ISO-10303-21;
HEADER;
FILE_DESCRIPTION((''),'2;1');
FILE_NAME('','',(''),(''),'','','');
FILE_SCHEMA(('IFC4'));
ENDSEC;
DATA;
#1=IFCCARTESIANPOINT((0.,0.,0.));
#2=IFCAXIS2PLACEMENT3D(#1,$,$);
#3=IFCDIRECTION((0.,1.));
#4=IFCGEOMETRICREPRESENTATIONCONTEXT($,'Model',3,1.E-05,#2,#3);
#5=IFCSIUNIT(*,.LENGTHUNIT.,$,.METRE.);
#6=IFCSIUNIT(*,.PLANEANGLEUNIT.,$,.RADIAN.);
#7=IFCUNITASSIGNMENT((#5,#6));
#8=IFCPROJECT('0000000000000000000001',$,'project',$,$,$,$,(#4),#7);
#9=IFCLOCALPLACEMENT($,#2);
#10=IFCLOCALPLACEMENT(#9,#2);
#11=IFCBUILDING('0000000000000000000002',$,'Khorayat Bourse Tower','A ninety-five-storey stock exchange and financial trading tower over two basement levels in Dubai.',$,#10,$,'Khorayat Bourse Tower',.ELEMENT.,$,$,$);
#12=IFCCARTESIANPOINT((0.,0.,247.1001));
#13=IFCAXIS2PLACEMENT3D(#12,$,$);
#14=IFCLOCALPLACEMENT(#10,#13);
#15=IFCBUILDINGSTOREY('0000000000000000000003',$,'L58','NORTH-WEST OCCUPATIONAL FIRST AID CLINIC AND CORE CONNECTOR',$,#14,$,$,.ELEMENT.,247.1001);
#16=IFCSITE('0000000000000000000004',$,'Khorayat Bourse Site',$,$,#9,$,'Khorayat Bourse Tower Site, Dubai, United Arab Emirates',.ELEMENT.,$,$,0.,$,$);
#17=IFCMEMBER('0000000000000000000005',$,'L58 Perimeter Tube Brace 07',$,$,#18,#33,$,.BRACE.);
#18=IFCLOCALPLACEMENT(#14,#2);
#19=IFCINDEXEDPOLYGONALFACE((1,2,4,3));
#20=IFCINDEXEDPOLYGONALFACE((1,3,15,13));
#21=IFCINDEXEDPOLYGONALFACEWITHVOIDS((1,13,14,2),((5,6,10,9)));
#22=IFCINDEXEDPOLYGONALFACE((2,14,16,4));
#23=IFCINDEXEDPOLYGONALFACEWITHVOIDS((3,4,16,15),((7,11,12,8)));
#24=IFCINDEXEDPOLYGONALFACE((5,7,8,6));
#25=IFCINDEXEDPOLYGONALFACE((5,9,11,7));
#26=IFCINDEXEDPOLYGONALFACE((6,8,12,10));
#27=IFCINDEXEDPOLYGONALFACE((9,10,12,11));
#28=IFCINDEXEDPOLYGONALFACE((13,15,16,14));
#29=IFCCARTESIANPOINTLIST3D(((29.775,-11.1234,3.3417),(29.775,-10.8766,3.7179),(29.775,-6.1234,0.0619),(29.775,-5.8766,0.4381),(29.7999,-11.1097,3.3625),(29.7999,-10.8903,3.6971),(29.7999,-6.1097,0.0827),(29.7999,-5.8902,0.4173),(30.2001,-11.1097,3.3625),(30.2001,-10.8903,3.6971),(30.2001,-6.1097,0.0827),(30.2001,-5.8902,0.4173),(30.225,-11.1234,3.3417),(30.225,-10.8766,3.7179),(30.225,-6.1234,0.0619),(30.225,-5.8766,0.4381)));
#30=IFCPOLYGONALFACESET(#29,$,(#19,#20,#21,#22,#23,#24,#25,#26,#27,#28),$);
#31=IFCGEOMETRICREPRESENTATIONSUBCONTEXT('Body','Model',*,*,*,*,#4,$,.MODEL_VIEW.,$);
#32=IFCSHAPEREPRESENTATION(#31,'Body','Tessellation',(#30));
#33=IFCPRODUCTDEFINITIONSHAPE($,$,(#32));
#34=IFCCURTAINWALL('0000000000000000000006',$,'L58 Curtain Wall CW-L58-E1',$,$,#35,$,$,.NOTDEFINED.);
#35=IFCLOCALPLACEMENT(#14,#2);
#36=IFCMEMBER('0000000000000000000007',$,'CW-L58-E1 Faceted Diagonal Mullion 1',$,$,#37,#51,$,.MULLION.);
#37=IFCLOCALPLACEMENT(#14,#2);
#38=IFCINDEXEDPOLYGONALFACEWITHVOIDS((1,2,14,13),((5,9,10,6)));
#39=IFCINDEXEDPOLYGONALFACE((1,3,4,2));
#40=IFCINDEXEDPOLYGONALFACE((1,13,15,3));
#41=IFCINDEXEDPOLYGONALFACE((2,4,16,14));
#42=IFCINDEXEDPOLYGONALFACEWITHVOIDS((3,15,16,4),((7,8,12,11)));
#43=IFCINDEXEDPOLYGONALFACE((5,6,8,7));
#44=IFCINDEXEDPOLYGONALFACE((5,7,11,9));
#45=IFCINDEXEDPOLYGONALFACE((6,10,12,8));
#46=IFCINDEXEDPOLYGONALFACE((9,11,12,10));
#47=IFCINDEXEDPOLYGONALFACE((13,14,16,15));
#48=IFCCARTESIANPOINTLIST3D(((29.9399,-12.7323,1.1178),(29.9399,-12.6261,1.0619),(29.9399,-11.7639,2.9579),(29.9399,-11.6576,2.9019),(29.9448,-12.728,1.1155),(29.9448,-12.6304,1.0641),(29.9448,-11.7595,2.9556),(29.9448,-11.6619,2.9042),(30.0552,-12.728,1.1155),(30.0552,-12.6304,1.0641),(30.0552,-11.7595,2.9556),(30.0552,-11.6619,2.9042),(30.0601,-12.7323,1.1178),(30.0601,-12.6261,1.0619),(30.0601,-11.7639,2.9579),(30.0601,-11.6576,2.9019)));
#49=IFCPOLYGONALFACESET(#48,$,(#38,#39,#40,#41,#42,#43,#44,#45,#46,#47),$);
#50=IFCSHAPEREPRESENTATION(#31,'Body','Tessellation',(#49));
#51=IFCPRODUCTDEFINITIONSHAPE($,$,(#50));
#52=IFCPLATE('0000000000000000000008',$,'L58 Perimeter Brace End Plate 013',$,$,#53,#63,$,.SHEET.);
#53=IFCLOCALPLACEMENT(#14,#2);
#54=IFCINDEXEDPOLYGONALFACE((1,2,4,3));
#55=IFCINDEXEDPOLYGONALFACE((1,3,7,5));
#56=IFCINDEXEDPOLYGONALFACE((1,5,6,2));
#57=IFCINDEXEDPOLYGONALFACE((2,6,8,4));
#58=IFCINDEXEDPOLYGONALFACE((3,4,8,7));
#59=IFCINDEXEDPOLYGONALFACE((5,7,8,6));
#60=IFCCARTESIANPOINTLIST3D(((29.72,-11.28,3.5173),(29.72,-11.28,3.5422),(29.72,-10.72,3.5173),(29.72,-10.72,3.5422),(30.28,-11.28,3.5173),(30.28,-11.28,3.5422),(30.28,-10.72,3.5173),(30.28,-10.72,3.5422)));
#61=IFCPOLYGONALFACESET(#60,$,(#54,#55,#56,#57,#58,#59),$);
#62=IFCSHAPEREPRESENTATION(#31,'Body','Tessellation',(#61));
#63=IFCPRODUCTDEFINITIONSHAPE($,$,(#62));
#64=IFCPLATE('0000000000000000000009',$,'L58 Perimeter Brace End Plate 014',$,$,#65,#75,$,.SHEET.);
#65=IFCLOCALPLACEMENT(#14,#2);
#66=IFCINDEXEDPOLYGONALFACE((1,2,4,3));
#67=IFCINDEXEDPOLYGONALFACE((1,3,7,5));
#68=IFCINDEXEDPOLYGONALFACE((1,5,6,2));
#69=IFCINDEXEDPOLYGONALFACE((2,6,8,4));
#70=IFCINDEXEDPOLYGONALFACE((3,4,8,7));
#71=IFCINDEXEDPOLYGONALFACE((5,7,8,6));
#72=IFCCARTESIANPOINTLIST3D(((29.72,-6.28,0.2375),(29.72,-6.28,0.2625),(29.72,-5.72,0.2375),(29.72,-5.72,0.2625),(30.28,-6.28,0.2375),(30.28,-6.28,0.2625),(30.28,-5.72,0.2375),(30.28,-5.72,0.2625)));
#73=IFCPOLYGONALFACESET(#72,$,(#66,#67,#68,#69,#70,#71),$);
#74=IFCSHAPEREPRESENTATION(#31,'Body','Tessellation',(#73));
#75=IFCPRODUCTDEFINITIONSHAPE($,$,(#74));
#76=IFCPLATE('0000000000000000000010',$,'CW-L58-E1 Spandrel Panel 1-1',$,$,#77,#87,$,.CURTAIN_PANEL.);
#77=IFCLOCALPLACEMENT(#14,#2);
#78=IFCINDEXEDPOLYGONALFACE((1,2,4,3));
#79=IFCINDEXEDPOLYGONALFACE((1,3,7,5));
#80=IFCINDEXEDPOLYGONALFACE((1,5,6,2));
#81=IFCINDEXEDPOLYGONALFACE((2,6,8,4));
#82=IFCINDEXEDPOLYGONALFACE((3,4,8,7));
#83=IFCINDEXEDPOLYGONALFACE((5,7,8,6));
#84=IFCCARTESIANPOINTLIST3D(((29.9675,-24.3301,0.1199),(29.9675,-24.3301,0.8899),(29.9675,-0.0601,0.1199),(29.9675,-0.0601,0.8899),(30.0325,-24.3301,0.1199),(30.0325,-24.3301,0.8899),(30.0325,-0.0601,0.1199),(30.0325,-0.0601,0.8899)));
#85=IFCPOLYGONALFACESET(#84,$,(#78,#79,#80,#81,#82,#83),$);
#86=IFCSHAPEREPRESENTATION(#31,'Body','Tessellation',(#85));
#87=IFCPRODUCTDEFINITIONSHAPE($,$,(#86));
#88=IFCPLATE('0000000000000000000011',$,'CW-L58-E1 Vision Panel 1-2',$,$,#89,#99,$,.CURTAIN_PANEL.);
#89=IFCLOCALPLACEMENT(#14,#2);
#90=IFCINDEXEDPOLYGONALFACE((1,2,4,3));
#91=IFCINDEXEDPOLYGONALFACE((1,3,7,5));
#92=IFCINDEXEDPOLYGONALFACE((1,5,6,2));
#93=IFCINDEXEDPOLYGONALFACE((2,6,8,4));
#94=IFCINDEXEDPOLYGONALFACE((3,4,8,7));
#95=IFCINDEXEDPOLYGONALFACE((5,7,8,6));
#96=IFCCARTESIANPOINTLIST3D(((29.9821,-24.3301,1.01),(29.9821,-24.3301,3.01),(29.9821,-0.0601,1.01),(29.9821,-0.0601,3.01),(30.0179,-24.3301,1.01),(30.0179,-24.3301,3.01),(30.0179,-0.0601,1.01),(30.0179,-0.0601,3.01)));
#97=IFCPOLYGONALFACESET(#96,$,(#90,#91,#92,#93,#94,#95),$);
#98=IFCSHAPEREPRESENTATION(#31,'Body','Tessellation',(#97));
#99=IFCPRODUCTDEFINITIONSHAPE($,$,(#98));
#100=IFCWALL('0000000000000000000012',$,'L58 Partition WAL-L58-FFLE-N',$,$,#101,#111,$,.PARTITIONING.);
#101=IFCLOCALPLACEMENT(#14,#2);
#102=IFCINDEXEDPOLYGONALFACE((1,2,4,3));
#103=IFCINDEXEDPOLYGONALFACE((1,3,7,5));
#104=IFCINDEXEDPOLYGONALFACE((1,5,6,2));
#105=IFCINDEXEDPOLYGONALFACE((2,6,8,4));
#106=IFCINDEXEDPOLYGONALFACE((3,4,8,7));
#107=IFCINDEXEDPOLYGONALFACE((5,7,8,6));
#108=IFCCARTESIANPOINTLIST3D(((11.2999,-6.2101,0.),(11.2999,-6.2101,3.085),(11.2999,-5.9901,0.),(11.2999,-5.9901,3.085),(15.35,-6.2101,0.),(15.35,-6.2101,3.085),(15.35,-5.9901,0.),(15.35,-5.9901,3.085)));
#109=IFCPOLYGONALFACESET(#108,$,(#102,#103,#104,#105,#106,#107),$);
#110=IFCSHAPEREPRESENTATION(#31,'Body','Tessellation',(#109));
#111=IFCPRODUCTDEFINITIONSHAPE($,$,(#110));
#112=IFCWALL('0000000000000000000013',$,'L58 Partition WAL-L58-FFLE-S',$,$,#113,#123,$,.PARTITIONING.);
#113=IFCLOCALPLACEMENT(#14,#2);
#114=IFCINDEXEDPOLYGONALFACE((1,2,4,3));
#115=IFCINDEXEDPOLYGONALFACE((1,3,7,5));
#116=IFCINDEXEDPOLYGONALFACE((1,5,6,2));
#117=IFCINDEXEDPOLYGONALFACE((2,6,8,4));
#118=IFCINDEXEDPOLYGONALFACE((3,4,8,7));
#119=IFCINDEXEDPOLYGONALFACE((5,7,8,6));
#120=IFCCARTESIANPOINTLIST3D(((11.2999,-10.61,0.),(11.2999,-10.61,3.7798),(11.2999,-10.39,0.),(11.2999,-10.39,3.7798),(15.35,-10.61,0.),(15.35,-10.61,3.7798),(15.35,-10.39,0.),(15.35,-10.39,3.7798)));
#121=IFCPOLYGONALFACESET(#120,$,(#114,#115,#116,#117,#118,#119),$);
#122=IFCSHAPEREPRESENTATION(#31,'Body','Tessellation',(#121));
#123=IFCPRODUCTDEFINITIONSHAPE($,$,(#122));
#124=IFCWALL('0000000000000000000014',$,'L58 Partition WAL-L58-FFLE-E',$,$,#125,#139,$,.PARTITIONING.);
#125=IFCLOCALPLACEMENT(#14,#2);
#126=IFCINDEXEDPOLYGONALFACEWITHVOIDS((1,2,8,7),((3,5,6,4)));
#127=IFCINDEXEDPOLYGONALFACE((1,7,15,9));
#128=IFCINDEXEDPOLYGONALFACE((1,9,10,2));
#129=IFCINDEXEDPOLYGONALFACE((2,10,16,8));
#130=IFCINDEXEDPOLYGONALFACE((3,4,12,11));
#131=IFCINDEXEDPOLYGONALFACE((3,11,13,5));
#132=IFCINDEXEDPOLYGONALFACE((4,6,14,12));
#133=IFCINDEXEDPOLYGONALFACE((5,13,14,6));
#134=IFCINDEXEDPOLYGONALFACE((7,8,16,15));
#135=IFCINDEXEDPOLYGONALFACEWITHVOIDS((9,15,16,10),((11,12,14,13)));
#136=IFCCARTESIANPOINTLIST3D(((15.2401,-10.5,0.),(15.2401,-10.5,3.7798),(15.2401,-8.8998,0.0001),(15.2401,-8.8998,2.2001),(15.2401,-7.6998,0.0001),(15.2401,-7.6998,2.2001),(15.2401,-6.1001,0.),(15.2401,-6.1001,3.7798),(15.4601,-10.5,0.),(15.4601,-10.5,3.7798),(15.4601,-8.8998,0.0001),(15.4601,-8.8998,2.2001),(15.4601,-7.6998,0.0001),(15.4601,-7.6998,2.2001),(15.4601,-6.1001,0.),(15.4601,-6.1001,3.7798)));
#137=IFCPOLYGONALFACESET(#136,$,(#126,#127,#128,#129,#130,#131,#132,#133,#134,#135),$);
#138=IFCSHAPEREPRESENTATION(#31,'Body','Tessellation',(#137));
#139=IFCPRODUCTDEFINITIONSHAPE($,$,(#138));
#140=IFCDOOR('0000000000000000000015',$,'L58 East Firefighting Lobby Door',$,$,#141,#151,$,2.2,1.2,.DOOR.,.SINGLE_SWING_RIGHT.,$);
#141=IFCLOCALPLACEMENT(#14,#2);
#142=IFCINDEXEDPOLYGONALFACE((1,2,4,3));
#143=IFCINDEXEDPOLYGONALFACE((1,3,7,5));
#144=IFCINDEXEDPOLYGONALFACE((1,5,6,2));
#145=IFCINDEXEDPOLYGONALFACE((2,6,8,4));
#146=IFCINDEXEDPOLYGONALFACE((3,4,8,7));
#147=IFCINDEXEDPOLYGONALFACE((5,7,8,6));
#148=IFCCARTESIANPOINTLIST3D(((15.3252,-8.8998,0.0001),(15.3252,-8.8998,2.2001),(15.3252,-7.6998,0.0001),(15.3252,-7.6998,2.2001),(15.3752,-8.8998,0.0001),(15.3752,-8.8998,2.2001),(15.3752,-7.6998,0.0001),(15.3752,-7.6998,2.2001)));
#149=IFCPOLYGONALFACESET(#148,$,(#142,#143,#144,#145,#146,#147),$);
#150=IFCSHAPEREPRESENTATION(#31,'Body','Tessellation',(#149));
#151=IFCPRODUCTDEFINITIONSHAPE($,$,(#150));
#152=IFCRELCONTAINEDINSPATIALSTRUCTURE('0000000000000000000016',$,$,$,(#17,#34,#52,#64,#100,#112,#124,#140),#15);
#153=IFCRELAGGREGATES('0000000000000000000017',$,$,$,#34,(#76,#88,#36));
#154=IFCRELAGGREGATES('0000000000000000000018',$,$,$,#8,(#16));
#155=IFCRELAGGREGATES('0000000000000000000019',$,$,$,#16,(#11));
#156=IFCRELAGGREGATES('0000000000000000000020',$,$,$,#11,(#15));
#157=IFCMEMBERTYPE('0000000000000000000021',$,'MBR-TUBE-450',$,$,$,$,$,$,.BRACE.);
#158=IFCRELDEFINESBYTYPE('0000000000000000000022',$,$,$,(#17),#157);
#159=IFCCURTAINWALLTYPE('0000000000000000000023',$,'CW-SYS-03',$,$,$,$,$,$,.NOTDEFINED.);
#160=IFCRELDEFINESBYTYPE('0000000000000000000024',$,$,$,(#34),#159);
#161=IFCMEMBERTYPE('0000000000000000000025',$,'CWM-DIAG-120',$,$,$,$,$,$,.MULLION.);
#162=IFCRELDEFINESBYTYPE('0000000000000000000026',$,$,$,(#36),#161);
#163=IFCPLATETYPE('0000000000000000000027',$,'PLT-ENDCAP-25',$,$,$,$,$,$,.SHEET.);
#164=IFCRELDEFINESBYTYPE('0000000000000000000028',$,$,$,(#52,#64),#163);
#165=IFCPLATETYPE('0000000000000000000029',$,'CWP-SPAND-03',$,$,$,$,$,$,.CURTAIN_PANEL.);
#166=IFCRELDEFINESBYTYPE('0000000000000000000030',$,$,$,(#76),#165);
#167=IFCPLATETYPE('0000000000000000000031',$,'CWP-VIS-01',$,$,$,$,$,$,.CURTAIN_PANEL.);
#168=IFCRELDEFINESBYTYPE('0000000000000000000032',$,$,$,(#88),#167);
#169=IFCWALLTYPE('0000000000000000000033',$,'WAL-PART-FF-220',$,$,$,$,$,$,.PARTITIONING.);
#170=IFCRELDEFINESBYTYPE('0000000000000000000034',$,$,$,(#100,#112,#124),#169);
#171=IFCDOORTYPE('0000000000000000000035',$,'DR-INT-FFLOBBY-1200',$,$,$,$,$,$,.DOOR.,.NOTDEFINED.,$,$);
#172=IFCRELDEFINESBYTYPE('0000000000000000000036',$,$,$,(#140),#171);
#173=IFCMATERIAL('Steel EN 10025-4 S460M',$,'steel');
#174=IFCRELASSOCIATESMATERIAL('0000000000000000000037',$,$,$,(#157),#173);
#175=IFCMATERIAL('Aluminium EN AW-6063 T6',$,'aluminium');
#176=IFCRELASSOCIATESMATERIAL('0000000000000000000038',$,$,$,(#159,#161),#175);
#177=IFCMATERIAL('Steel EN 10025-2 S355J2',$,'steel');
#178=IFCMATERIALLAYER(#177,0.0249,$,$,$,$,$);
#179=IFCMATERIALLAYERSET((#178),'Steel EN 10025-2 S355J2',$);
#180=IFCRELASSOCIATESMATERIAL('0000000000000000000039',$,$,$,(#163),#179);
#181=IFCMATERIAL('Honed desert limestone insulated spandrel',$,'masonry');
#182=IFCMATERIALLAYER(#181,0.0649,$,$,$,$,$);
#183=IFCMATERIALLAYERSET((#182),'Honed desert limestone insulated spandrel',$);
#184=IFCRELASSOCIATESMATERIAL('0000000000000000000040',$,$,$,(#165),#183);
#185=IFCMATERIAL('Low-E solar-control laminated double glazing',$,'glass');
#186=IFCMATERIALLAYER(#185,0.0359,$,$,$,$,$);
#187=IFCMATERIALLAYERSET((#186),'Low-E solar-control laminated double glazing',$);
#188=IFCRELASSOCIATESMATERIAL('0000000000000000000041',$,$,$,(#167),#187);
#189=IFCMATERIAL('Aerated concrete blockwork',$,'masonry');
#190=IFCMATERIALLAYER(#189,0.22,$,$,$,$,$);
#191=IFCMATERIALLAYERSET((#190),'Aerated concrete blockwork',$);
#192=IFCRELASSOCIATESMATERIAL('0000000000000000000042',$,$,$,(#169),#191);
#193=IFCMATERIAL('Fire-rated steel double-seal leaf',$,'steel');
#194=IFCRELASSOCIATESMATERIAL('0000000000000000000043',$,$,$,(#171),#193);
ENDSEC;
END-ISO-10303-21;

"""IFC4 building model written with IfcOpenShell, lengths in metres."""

from ifc_helpers import new_model, si_unit, direction, frame, frame_2d, origin, origin_2d, place, context, subcontext, project, spatial, rectangle, hollow_rectangle, extrude, source, transform, mapped, material, layer, layer_set, material_profile, profile_set, type_object, element, fill, aggregate, save


model = new_model("IFC4")

# Units and contexts
model_context = context("Model", 3, precision=1e-05, world=origin(), true_north=direction((0.0, 1.0)))
body_context = subcontext(model_context, "Body", "Model", "MODEL_VIEW")
ifc_project = project(units=[si_unit("LENGTHUNIT", "METRE"), si_unit("PLANEANGLEUNIT", "RADIAN")], contexts=[model_context])

# Site, building, storey
site_placement = place(None, origin())
site = spatial("IfcSite", under=ifc_project, at=site_placement, Name="Khorayat Bourse Site", LongName="Khorayat Bourse Tower Site, Dubai, United Arab Emirates", CompositionType="ELEMENT", RefElevation=0.0)
building_placement = place(site_placement, origin())
building = spatial("IfcBuilding", under=site, at=building_placement, Name="Khorayat Bourse Tower", Description="A ninety-five-storey stock exchange and financial trading tower over two basement levels in Dubai.", LongName="Khorayat Bourse Tower", CompositionType="ELEMENT")
storey_placement = place(building_placement, frame((0.0, 0.0, 247.1001)))
storey = spatial("IfcBuildingStorey", under=building, at=storey_placement, Name="L58", Description="NORTH-WEST OCCUPATIONAL FIRST AID CLINIC AND CORE CONNECTOR", CompositionType="ELEMENT", Elevation=247.1001)

# Shared definitions
ifc_material_1 = material(Name="Steel EN 10025-4 S460M", Category="steel")

# Member
ifc_material_profile_1 = material_profile(ifc_material_1, hollow_rectangle(XDim=0.45, YDim=0.45, WallThickness=0.0249, at=origin_2d()), Name="HSS 450x450x25")
ifc_profile_set_1 = profile_set([ifc_material_profile_1], Name="Steel EN 10025-4 S460M")
member_type_1 = type_object("IfcMemberType", Name="MBR-TUBE-450", PredefinedType="BRACE", material=ifc_profile_set_1)
shared_shape_1 = source(origin(), body_context, "Body", "SweptSolid", [
    extrude(hollow_rectangle(XDim=0.45, YDim=0.45, WallThickness=0.0249, at=origin_2d()), origin(), (0.0, 0.0, 1.0), 5.9797),
])
member_1_placement = place(storey_placement, frame((30.0, -11.0, 3.5298), z_axis=(0.0, 0.83616, -0.548485), x_axis=(-1.0, 0.0, 0.0)))
element("IfcMember", 1, at=member_1_placement, inside=storey, type_object=member_type_1, Name="L58 Perimeter Tube Brace 07", PredefinedType="BRACE", context=body_context, shape_type="MappedRepresentation", body=[
    mapped(shared_shape_1, transform((0.0, 0.0, 0.0), scale=1.0)),
])

# Curtain wall, member
ifc_material_2 = material(Name="Aluminium EN AW-6063 T6", Category="aluminium")
curtain_wall_type = type_object("IfcCurtainWallType", Name="CW-SYS-03", PredefinedType="NOTDEFINED", material=ifc_material_2)
curtain_wall_placement = place(storey_placement, origin())
curtain_wall = element("IfcCurtainWall", 2, at=curtain_wall_placement, inside=storey, type_object=curtain_wall_type, Name="L58 Curtain Wall CW-L58-E1", PredefinedType="NOTDEFINED")
ifc_material_profile_2 = material_profile(ifc_material_2, hollow_rectangle(XDim=0.1201, YDim=0.1201, WallThickness=0.0049, at=origin_2d()), Name="ALU 120x120x5")
ifc_profile_set_2 = profile_set([ifc_material_profile_2], Name="Aluminium EN AW-6063 T6")
member_type_2 = type_object("IfcMemberType", Name="CWM-DIAG-120", PredefinedType="MULLION", material=ifc_profile_set_2)
shared_shape_2 = source(origin(), body_context, "Body", "SweptSolid", [
    extrude(hollow_rectangle(XDim=0.1201, YDim=0.1201, WallThickness=0.0049, at=origin_2d()), origin(), (0.0, 0.0, 1.0), 2.0793),
])
member_2_placement = place(storey_placement, frame((30.0, -12.6792, 1.0898), z_axis=(0.0, 0.465761, 0.884911), x_axis=(-1.0, 0.0, 0.0)))
member_2 = element("IfcMember", 3, at=member_2_placement, type_object=member_type_2, Name="CW-L58-E1 Faceted Diagonal Mullion 1", PredefinedType="MULLION", context=body_context, shape_type="MappedRepresentation", body=[
    mapped(shared_shape_2, transform((0.0, 0.0, 0.0), scale=1.0)),
])

# Plates
ifc_material_3 = material(Name="Steel EN 10025-2 S355J2", Category="steel")
ifc_layer_1 = layer(ifc_material_3, 0.0249)
ifc_layer_set_1 = layer_set([ifc_layer_1], Name="Steel EN 10025-2 S355J2")
plate_type_1 = type_object("IfcPlateType", Name="PLT-ENDCAP-25", PredefinedType="SHEET", material=ifc_layer_set_1)
shared_shape_3 = source(origin(), body_context, "Body", "SweptSolid", [
    extrude(rectangle(XDim=0.5601, YDim=0.5601, at=origin_2d()), origin(), (0.0, 0.0, 1.0), 0.0249),
])
for number, where, z_axis, x_axis, name in (
    (4, (30.0, -11.0, 3.5173), (0.0, 0.0, 1.0), (1.0, 0.0, 0.0), "L58 Perimeter Brace End Plate 013"),
    (5, (30.0, -6.0, 0.2375), (0.0, 0.0, 1.0), (1.0, 0.0, 0.0), "L58 Perimeter Brace End Plate 014"),
):
    element("IfcPlate", number, at=place(storey_placement, frame(where, z_axis=z_axis, x_axis=x_axis)), inside=storey, type_object=plate_type_1, Name=name, PredefinedType="SHEET", context=body_context, shape_type="MappedRepresentation", body=[
        mapped(shared_shape_3, transform((0.0, 0.0, 0.0), scale=1.0)),
    ])

# Plates
ifc_material_4 = material(Name="Honed desert limestone insulated spandrel", Category="masonry")
ifc_layer_2 = layer(ifc_material_4, 0.0649)
ifc_layer_set_2 = layer_set([ifc_layer_2], Name="Honed desert limestone insulated spandrel")
plate_type_2 = type_object("IfcPlateType", Name="CWP-SPAND-03", PredefinedType="CURTAIN_PANEL", material=ifc_layer_set_2)
shared_shape_4 = source(origin(), body_context, "Body", "SweptSolid", [
    extrude(rectangle(XDim=24.27, YDim=0.0649, at=origin_2d()), origin(), (0.0, 0.0, 1.0), 0.77),
])
plate_1_placement = place(storey_placement, frame((30.0, -12.1951, 0.1199), z_axis=(0.0, 0.0, 1.0), x_axis=(0.0, 1.0, 0.0)))
plate_1 = element("IfcPlate", 6, at=plate_1_placement, type_object=plate_type_2, Name="CW-L58-E1 Spandrel Panel 1-1", PredefinedType="CURTAIN_PANEL", context=body_context, shape_type="MappedRepresentation", body=[
    mapped(shared_shape_4, transform((0.0, 0.0, 0.0), scale=1.0)),
])
ifc_material_5 = material(Name="Low-E solar-control laminated double glazing", Category="glass")
ifc_layer_3 = layer(ifc_material_5, 0.0359)
ifc_layer_set_3 = layer_set([ifc_layer_3], Name="Low-E solar-control laminated double glazing")
plate_type_3 = type_object("IfcPlateType", Name="CWP-VIS-01", PredefinedType="CURTAIN_PANEL", material=ifc_layer_set_3)
shared_shape_5 = source(origin(), body_context, "Body", "SweptSolid", [
    extrude(rectangle(XDim=24.27, YDim=0.0359, at=origin_2d()), origin(), (0.0, 0.0, 1.0), 2.0),
])
plate_2_placement = place(storey_placement, frame((30.0, -12.1951, 1.01), z_axis=(0.0, 0.0, 1.0), x_axis=(0.0, 1.0, 0.0)))
plate_2 = element("IfcPlate", 7, at=plate_2_placement, type_object=plate_type_3, Name="CW-L58-E1 Vision Panel 1-2", PredefinedType="CURTAIN_PANEL", context=body_context, shape_type="MappedRepresentation", body=[
    mapped(shared_shape_5, transform((0.0, 0.0, 0.0), scale=1.0)),
])
aggregate(curtain_wall, [plate_1, plate_2, member_2])

# Walls
ifc_material_6 = material(Name="Aerated concrete blockwork", Category="masonry")
ifc_layer_4 = layer(ifc_material_6, 0.22)
ifc_layer_set_4 = layer_set([ifc_layer_4], Name="Aerated concrete blockwork")
wall_type_1 = type_object("IfcWallType", Name="WAL-PART-FF-220", PredefinedType="PARTITIONING", material=ifc_layer_set_4)
shared_shape_6 = source(origin(), body_context, "Body", "SweptSolid", [
    extrude(rectangle(XDim=4.05, YDim=0.22, at=frame_2d((2.0249, 0.0))), origin(), (0.0, 0.0, 1.0), 3.085),
])
wall_1_placement = place(storey_placement, frame((11.3, -6.1001, 0.0), z_axis=(0.0, 0.0, 1.0), x_axis=(1.0, 0.0, 0.0)))
element("IfcWall", 8, at=wall_1_placement, inside=storey, type_object=wall_type_1, Name="L58 Partition WAL-L58-FFLE-N", PredefinedType="PARTITIONING", context=body_context, shape_type="MappedRepresentation", body=[
    mapped(shared_shape_6, transform((0.0, 0.0, 0.0), scale=1.0)),
])
shared_shape_7 = source(origin(), body_context, "Body", "SweptSolid", [
    extrude(rectangle(XDim=4.05, YDim=0.22, at=frame_2d((2.0249, 0.0))), origin(), (0.0, 0.0, 1.0), 3.7798),
])
wall_2_placement = place(storey_placement, frame((11.3, -10.5, 0.0), z_axis=(0.0, 0.0, 1.0), x_axis=(1.0, 0.0, 0.0)))
element("IfcWall", 9, at=wall_2_placement, inside=storey, type_object=wall_type_1, Name="L58 Partition WAL-L58-FFLE-S", PredefinedType="PARTITIONING", context=body_context, shape_type="MappedRepresentation", body=[
    mapped(shared_shape_7, transform((0.0, 0.0, 0.0), scale=1.0)),
])

# Wall, opening, door
shared_shape_8 = source(origin(), body_context, "Body", "SweptSolid", [
    extrude(rectangle(XDim=4.3999, YDim=0.22, at=frame_2d((2.2, 0.0))), origin(), (0.0, 0.0, 1.0), 3.7798),
])
wall_3_placement = place(storey_placement, frame((15.3501, -10.5, 0.0), z_axis=(0.0, 0.0, 1.0), x_axis=(0.0, 1.0, 0.0)))
wall_3 = element("IfcWall", 10, at=wall_3_placement, inside=storey, type_object=wall_type_1, Name="L58 Partition WAL-L58-FFLE-E", PredefinedType="PARTITIONING", context=body_context, shape_type="MappedRepresentation", body=[
    mapped(shared_shape_8, transform((0.0, 0.0, 0.0), scale=1.0)),
])
shared_shape_9 = source(origin(), body_context, "Body", "SweptSolid", [
    extrude(rectangle(XDim=1.2, YDim=2.2, at=frame_2d((0.6001, 1.1001))), frame((0.0, 0.1199, 0.0), z_axis=(0.0, -1.0, 0.0), x_axis=(1.0, 0.0, 0.0)), (0.0, 0.0, 1.0), 0.24),
])
opening_1_placement = place(wall_3_placement, frame((1.6001, 0.0, 0.0)))
opening_1 = element("IfcOpeningElement", 11, at=opening_1_placement, cuts=wall_3, PredefinedType="OPENING", context=body_context, shape_type="MappedRepresentation", body=[
    mapped(shared_shape_9, transform((0.0, 0.0, 0.0), scale=1.0)),
])
ifc_material_7 = material(Name="Fire-rated steel double-seal leaf", Category="steel")
door_type_1 = type_object("IfcDoorType", Name="DR-INT-FFLOBBY-1200", OperationType="NOTDEFINED", PredefinedType="DOOR", material=ifc_material_7)
shared_shape_10 = source(origin(), body_context, "Body", "SweptSolid", [
    extrude(rectangle(XDim=1.2, YDim=2.2, at=frame_2d((0.6001, 1.1001))), frame((0.0, 0.0249, 0.0), z_axis=(0.0, -1.0, 0.0), x_axis=(1.0, 0.0, 0.0)), (0.0, 0.0, 1.0), 0.05),
])
door_1_placement = place(opening_1_placement, origin())
door_1 = element("IfcDoor", 12, at=door_1_placement, inside=storey, type_object=door_type_1, Name="L58 East Firefighting Lobby Door", OperationType="SINGLE_SWING_RIGHT", OverallHeight=2.2, OverallWidth=1.2, PredefinedType="DOOR", context=body_context, shape_type="MappedRepresentation", body=[
    mapped(shared_shape_10, transform((0.0, 0.0, 0.0), scale=1.0)),
])
fill(opening_1, door_1)

save(model, "model.ifc")
